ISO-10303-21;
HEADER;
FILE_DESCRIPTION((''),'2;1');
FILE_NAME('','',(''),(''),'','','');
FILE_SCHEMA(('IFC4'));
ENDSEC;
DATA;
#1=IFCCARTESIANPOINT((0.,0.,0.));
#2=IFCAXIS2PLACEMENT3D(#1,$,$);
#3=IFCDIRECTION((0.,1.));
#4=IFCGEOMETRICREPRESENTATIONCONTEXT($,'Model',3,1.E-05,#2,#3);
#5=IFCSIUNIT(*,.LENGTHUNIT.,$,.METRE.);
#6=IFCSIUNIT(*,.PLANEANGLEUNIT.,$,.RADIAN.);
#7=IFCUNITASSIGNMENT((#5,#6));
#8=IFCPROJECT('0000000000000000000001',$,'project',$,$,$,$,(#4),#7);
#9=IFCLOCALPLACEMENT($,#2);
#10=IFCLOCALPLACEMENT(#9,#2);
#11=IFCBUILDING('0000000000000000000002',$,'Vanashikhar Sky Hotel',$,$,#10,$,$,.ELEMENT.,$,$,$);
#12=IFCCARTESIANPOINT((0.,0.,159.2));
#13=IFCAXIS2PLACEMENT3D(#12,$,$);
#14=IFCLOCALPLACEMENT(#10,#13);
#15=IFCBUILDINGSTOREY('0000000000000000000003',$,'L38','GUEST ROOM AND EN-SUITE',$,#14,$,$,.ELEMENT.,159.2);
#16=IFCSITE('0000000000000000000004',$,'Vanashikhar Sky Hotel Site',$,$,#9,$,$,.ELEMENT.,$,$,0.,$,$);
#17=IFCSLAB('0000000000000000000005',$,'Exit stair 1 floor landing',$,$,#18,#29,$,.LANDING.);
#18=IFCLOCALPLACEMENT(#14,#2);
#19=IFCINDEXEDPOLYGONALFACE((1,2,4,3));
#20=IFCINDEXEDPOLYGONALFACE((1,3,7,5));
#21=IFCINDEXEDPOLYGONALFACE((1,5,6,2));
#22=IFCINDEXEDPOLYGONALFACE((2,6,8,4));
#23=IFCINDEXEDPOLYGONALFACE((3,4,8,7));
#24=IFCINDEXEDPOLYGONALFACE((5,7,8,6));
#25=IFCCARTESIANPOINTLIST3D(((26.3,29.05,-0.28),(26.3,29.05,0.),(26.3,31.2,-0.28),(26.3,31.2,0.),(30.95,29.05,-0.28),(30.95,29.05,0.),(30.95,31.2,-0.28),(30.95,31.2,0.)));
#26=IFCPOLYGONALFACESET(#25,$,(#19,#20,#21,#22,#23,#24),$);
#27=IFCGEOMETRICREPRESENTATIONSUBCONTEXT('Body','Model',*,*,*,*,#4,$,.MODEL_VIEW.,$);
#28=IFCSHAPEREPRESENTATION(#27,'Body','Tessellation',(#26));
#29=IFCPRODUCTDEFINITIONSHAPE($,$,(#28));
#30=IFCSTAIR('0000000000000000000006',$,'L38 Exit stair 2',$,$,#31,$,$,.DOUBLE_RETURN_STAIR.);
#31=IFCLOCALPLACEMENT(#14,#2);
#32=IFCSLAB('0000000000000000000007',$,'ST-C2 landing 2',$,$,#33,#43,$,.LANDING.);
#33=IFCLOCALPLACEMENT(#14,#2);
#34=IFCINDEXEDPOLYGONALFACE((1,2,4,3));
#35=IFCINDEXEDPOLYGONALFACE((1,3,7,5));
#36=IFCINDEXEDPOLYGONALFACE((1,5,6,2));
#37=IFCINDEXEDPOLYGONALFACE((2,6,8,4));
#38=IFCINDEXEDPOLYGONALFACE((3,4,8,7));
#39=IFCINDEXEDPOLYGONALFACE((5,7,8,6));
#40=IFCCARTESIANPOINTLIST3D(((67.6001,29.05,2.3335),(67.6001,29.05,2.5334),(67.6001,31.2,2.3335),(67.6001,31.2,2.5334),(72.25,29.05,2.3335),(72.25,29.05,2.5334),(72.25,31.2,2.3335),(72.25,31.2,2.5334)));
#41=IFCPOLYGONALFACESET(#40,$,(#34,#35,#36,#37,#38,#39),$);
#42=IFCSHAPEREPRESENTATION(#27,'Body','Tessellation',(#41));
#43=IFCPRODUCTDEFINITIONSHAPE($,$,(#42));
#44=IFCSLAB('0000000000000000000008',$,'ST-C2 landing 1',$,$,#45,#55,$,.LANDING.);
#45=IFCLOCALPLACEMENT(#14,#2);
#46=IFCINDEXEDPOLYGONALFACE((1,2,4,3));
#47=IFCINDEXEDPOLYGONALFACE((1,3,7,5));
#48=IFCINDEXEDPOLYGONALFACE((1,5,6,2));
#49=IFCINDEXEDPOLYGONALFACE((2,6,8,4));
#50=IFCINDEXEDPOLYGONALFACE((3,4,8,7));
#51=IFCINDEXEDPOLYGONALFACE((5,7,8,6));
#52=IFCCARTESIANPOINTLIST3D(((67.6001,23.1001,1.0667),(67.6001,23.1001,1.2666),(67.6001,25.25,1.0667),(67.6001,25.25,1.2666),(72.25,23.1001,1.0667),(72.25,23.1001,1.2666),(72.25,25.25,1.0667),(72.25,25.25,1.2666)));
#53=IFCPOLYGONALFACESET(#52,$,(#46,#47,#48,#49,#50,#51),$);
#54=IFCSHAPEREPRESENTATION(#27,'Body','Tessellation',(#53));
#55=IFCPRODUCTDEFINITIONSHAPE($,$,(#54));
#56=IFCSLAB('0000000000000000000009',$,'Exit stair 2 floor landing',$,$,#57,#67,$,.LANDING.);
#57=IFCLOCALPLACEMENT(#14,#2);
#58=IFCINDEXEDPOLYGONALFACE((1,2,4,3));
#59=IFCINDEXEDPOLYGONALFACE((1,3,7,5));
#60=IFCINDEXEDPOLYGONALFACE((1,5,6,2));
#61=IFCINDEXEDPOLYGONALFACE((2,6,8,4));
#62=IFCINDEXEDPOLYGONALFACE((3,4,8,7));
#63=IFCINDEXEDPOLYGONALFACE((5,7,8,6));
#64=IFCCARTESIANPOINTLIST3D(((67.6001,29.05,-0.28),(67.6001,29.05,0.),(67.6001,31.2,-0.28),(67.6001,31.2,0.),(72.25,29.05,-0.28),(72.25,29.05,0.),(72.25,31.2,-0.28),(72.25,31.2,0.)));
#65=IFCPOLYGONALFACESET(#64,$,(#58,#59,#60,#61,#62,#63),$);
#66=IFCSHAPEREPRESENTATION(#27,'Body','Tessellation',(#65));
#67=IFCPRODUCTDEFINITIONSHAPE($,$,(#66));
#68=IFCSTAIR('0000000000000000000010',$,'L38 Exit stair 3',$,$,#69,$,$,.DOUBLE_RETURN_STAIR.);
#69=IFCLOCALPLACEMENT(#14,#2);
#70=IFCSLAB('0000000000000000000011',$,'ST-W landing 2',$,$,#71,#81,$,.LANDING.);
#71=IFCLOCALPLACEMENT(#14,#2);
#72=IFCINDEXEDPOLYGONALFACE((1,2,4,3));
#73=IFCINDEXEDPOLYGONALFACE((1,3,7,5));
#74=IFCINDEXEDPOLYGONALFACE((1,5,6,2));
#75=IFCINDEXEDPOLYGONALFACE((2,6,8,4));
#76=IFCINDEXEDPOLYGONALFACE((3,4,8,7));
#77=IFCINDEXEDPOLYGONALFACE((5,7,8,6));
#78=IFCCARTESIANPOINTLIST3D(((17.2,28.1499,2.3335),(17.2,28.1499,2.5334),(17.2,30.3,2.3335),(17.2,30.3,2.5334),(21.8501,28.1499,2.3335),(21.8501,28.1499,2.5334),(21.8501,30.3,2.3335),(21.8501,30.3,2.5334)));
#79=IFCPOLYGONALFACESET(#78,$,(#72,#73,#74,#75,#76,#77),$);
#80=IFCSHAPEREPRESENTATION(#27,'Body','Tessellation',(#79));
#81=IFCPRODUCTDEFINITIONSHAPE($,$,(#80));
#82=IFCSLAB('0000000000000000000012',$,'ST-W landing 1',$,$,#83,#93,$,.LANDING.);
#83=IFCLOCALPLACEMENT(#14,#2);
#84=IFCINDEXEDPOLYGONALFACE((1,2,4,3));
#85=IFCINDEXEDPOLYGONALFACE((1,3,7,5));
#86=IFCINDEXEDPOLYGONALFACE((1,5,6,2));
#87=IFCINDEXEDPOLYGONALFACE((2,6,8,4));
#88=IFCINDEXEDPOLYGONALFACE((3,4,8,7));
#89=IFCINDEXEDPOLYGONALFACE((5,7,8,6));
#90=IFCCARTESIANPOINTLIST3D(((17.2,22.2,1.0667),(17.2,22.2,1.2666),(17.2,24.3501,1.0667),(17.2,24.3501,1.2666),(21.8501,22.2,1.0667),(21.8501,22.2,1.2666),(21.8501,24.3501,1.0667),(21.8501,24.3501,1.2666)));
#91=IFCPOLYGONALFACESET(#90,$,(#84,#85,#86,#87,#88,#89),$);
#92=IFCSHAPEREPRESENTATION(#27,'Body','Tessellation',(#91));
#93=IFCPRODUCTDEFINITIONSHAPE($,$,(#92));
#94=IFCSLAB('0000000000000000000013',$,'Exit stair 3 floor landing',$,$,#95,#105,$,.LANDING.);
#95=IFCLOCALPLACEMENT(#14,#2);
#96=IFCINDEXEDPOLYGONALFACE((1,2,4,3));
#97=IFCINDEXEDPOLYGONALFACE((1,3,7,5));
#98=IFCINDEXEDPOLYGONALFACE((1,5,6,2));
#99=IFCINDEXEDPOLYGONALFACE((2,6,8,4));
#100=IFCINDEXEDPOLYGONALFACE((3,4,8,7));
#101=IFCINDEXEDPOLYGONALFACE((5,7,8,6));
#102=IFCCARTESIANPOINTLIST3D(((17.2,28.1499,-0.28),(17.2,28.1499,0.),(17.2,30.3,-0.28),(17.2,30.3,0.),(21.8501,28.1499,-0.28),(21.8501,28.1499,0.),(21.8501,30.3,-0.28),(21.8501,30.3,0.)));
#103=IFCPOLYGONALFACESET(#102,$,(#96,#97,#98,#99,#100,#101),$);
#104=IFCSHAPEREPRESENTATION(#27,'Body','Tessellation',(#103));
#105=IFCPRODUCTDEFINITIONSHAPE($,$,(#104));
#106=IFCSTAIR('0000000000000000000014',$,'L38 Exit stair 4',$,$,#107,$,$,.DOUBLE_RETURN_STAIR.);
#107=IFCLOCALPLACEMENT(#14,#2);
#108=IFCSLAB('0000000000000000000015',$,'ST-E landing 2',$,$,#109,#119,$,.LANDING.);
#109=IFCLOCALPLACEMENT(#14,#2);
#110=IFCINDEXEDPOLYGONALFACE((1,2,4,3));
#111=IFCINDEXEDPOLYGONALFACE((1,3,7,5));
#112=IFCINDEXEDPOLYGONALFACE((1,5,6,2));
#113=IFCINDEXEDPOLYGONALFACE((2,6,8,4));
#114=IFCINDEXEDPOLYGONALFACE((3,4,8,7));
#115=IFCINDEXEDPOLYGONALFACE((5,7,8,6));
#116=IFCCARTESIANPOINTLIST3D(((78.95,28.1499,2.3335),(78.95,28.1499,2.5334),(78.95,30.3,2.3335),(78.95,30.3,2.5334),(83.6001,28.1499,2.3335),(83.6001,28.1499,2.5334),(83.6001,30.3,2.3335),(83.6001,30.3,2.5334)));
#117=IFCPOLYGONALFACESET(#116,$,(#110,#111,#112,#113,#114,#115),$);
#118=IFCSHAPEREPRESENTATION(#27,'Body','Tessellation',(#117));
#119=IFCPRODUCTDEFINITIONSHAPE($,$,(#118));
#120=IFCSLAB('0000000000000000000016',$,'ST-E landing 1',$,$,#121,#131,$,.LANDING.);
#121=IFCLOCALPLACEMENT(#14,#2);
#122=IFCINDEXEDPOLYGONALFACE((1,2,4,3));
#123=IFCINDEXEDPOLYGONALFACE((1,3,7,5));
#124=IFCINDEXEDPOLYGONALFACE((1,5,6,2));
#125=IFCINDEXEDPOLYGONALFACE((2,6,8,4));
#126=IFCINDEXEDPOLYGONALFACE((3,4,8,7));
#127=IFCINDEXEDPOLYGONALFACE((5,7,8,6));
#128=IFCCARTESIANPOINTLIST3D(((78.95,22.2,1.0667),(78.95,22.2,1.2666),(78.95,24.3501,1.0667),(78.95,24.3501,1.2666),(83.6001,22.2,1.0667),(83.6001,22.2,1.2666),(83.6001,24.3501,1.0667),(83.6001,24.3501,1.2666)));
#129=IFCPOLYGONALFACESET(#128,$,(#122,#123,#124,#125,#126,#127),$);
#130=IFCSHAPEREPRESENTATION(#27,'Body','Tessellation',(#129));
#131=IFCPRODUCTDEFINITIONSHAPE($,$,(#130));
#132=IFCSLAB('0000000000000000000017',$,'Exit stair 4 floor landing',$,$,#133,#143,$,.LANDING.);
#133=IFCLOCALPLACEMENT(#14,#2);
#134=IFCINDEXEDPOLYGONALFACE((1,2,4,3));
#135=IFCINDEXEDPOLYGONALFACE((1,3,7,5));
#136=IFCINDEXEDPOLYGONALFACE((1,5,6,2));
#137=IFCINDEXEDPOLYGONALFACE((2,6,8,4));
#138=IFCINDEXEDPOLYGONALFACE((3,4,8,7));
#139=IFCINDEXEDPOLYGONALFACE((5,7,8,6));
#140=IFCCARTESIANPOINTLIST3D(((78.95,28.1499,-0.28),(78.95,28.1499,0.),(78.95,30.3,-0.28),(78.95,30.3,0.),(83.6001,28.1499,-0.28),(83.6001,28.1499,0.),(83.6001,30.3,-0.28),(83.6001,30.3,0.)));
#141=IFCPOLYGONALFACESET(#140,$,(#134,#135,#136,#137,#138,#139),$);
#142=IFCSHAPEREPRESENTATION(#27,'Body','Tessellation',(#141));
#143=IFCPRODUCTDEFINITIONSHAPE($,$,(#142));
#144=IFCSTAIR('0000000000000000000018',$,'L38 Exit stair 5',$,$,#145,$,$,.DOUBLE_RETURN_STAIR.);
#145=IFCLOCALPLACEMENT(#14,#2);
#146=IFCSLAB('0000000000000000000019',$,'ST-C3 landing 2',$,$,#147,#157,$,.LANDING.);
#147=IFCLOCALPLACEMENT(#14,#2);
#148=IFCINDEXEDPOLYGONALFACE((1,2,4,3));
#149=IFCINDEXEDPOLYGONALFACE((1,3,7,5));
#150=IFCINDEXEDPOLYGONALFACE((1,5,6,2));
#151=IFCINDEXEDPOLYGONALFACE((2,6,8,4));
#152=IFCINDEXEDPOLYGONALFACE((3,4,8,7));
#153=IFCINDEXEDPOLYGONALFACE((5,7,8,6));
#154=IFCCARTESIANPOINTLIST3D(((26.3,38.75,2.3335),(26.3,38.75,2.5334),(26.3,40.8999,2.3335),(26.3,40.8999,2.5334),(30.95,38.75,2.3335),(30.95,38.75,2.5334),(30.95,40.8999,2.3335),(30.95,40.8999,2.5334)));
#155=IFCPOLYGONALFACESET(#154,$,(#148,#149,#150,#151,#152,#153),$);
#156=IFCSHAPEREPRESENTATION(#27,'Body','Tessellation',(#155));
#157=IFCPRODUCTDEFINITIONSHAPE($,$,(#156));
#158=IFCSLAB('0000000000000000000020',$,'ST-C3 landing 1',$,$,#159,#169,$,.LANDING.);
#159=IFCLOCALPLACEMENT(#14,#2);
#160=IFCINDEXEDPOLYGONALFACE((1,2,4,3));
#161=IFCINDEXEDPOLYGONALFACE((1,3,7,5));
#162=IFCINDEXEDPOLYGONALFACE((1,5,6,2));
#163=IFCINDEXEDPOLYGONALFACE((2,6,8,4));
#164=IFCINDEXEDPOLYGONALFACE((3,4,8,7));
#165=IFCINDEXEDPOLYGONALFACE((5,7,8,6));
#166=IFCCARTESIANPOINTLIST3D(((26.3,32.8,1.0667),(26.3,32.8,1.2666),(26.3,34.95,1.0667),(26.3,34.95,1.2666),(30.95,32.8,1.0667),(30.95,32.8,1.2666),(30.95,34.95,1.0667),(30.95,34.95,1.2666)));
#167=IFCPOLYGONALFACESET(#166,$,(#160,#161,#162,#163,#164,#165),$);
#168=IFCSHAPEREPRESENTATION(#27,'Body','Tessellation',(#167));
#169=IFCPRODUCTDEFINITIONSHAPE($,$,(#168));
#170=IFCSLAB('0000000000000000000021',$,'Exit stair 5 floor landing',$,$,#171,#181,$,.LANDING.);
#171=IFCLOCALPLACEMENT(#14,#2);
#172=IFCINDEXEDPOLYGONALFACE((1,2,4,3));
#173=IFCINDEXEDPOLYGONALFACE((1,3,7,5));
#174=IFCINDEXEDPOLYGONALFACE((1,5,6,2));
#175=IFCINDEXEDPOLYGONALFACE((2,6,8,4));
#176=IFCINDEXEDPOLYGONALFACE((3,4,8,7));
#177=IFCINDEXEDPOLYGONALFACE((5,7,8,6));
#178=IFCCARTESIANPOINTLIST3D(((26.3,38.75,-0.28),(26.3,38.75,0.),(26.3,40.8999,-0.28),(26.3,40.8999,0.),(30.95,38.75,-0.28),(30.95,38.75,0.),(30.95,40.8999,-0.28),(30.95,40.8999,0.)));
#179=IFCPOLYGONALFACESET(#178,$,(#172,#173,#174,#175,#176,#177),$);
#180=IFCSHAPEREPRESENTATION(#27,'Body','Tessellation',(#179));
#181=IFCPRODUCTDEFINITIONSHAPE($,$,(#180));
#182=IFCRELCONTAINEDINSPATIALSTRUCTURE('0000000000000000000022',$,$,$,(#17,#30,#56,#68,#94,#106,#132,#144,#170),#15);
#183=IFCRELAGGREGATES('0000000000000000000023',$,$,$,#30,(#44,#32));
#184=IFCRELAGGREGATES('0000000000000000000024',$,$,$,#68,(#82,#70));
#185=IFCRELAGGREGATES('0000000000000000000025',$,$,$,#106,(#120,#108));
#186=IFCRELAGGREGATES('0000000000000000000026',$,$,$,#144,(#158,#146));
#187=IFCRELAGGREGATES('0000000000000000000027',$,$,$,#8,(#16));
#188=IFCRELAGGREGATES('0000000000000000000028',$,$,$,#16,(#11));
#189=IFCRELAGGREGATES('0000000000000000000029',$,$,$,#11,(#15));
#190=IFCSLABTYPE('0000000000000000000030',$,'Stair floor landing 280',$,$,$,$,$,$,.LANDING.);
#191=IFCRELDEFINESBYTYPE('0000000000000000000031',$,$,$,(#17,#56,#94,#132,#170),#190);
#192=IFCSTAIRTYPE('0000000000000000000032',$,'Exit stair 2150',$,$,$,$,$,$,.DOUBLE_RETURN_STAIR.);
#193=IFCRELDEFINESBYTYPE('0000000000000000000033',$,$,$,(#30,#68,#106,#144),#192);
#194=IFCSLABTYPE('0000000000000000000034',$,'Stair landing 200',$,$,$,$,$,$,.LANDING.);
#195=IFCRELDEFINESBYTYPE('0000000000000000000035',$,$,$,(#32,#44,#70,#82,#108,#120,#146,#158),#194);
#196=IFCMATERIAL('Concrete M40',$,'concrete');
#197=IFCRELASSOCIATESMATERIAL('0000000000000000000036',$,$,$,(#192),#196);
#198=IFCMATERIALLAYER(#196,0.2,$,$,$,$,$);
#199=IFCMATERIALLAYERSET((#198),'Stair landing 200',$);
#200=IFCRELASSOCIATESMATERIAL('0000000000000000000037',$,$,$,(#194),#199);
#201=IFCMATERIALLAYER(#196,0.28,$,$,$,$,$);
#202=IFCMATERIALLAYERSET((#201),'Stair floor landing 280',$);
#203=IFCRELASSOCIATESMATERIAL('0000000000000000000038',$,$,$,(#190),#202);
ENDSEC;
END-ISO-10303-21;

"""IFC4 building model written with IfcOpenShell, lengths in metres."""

from ifc_helpers import new_model, si_unit, direction, frame, origin, place, context, subcontext, project, spatial, polyline, outline, extrude, source, transform, mapped, material, layer, layer_set, type_object, element, aggregate, save


model = new_model("IFC4")

# Units and contexts
model_context = context("Model", 3, precision=1e-05, world=origin(), true_north=direction((0.0, 1.0)))
body_context = subcontext(model_context, "Body", "Model", "MODEL_VIEW")
ifc_project = project(units=[si_unit("LENGTHUNIT", "METRE"), si_unit("PLANEANGLEUNIT", "RADIAN")], contexts=[model_context])

# Site, building, storey
site_placement = place(None, origin())
site = spatial("IfcSite", under=ifc_project, at=site_placement, Name="Vanashikhar Sky Hotel Site", CompositionType="ELEMENT", RefElevation=0.0)
building_placement = place(site_placement, origin())
building = spatial("IfcBuilding", under=site, at=building_placement, Name="Vanashikhar Sky Hotel", CompositionType="ELEMENT")
storey_placement = place(building_placement, frame((0.0, 0.0, 159.2)))
storey = spatial("IfcBuildingStorey", under=building, at=storey_placement, Name="L38", Description="GUEST ROOM AND EN-SUITE", CompositionType="ELEMENT", Elevation=159.2)

# Shared definitions
ifc_material = material(Name="Concrete M40", Category="concrete")

# Shared definitions
stair_type = type_object("IfcStairType", Name="Exit stair 2150", PredefinedType="DOUBLE_RETURN_STAIR", material=ifc_material)
ifc_layer_1 = layer(ifc_material, 0.2)
ifc_layer_set_1 = layer_set([ifc_layer_1], Name="Stair landing 200")
slab_type_1 = type_object("IfcSlabType", Name="Stair landing 200", PredefinedType="LANDING", material=ifc_layer_set_1)

# Slab
ifc_layer_2 = layer(ifc_material, 0.28)
ifc_layer_set_2 = layer_set([ifc_layer_2], Name="Stair floor landing 280")
slab_type_2 = type_object("IfcSlabType", Name="Stair floor landing 280", PredefinedType="LANDING", material=ifc_layer_set_2)
shared_shape_1 = source(origin(), body_context, "Body", "SweptSolid", [
    extrude(outline(polyline([(30.95, 29.05), (30.95, 31.2), (26.3, 31.2), (26.3, 29.05), (30.95, 29.05)])), origin(), (0.0, 0.0, 1.0), 0.28),
])
slab_1_placement = place(storey_placement, frame((0.0, 0.0, -0.28)))
element("IfcSlab", 1, at=slab_1_placement, inside=storey, type_object=slab_type_2, Name="Exit stair 1 floor landing", PredefinedType="LANDING", context=body_context, shape_type="MappedRepresentation", body=[
    mapped(shared_shape_1, transform((0.0, 0.0, 0.0), scale=1.0)),
])

# Stair, slabs
stair_1_placement = place(storey_placement, origin())
stair_1 = element("IfcStair", 2, at=stair_1_placement, inside=storey, type_object=stair_type, Name="L38 Exit stair 2", PredefinedType="DOUBLE_RETURN_STAIR")
shared_shape_2 = source(origin(), body_context, "Body", "SweptSolid", [
    extrude(outline(polyline([(72.25, 29.05), (72.25, 31.2), (67.6001, 31.2), (67.6001, 29.05), (72.25, 29.05)])), origin(), (0.0, 0.0, 1.0), 0.2),
])
slab_2_placement = place(storey_placement, frame((0.0, 0.0, 2.3335)))
slab_2 = element("IfcSlab", 3, at=slab_2_placement, type_object=slab_type_1, Name="ST-C2 landing 2", PredefinedType="LANDING", context=body_context, shape_type="MappedRepresentation", body=[
    mapped(shared_shape_2, transform((0.0, 0.0, 0.0), scale=1.0)),
])
shared_shape_3 = source(origin(), body_context, "Body", "SweptSolid", [
    extrude(outline(polyline([(72.25, 23.1001), (72.25, 25.25), (67.6001, 25.25), (67.6001, 23.1001), (72.25, 23.1001)])), origin(), (0.0, 0.0, 1.0), 0.2),
])
slab_3_placement = place(storey_placement, frame((0.0, 0.0, 1.0667)))
slab_3 = element("IfcSlab", 4, at=slab_3_placement, type_object=slab_type_1, Name="ST-C2 landing 1", PredefinedType="LANDING", context=body_context, shape_type="MappedRepresentation", body=[
    mapped(shared_shape_3, transform((0.0, 0.0, 0.0), scale=1.0)),
])
aggregate(stair_1, [slab_3, slab_2])

# Slab
shared_shape_4 = source(origin(), body_context, "Body", "SweptSolid", [
    extrude(outline(polyline([(72.25, 29.05), (72.25, 31.2), (67.6001, 31.2), (67.6001, 29.05), (72.25, 29.05)])), origin(), (0.0, 0.0, 1.0), 0.28),
])
slab_4_placement = place(storey_placement, frame((0.0, 0.0, -0.28)))
element("IfcSlab", 5, at=slab_4_placement, inside=storey, type_object=slab_type_2, Name="Exit stair 2 floor landing", PredefinedType="LANDING", context=body_context, shape_type="MappedRepresentation", body=[
    mapped(shared_shape_4, transform((0.0, 0.0, 0.0), scale=1.0)),
])

# Stair, slabs
stair_2_placement = place(storey_placement, origin())
stair_2 = element("IfcStair", 6, at=stair_2_placement, inside=storey, type_object=stair_type, Name="L38 Exit stair 3", PredefinedType="DOUBLE_RETURN_STAIR")
shared_shape_5 = source(origin(), body_context, "Body", "SweptSolid", [
    extrude(outline(polyline([(21.8501, 28.1499), (21.8501, 30.3), (17.2, 30.3), (17.2, 28.1499), (21.8501, 28.1499)])), origin(), (0.0, 0.0, 1.0), 0.2),
])
slab_5_placement = place(storey_placement, frame((0.0, 0.0, 2.3335)))
slab_5 = element("IfcSlab", 7, at=slab_5_placement, type_object=slab_type_1, Name="ST-W landing 2", PredefinedType="LANDING", context=body_context, shape_type="MappedRepresentation", body=[
    mapped(shared_shape_5, transform((0.0, 0.0, 0.0), scale=1.0)),
])
shared_shape_6 = source(origin(), body_context, "Body", "SweptSolid", [
    extrude(outline(polyline([(21.8501, 22.2), (21.8501, 24.3501), (17.2, 24.3501), (17.2, 22.2), (21.8501, 22.2)])), origin(), (0.0, 0.0, 1.0), 0.2),
])
slab_6_placement = place(storey_placement, frame((0.0, 0.0, 1.0667)))
slab_6 = element("IfcSlab", 8, at=slab_6_placement, type_object=slab_type_1, Name="ST-W landing 1", PredefinedType="LANDING", context=body_context, shape_type="MappedRepresentation", body=[
    mapped(shared_shape_6, transform((0.0, 0.0, 0.0), scale=1.0)),
])
aggregate(stair_2, [slab_6, slab_5])

# Slab
shared_shape_7 = source(origin(), body_context, "Body", "SweptSolid", [
    extrude(outline(polyline([(21.8501, 28.1499), (21.8501, 30.3), (17.2, 30.3), (17.2, 28.1499), (21.8501, 28.1499)])), origin(), (0.0, 0.0, 1.0), 0.28),
])
slab_7_placement = place(storey_placement, frame((0.0, 0.0, -0.28)))
element("IfcSlab", 9, at=slab_7_placement, inside=storey, type_object=slab_type_2, Name="Exit stair 3 floor landing", PredefinedType="LANDING", context=body_context, shape_type="MappedRepresentation", body=[
    mapped(shared_shape_7, transform((0.0, 0.0, 0.0), scale=1.0)),
])

# Stair, slabs
stair_3_placement = place(storey_placement, origin())
stair_3 = element("IfcStair", 10, at=stair_3_placement, inside=storey, type_object=stair_type, Name="L38 Exit stair 4", PredefinedType="DOUBLE_RETURN_STAIR")
shared_shape_8 = source(origin(), body_context, "Body", "SweptSolid", [
    extrude(outline(polyline([(83.6001, 28.1499), (83.6001, 30.3), (78.95, 30.3), (78.95, 28.1499), (83.6001, 28.1499)])), origin(), (0.0, 0.0, 1.0), 0.2),
])
slab_8_placement = place(storey_placement, frame((0.0, 0.0, 2.3335)))
slab_8 = element("IfcSlab", 11, at=slab_8_placement, type_object=slab_type_1, Name="ST-E landing 2", PredefinedType="LANDING", context=body_context, shape_type="MappedRepresentation", body=[
    mapped(shared_shape_8, transform((0.0, 0.0, 0.0), scale=1.0)),
])
shared_shape_9 = source(origin(), body_context, "Body", "SweptSolid", [
    extrude(outline(polyline([(83.6001, 22.2), (83.6001, 24.3501), (78.95, 24.3501), (78.95, 22.2), (83.6001, 22.2)])), origin(), (0.0, 0.0, 1.0), 0.2),
])
slab_9_placement = place(storey_placement, frame((0.0, 0.0, 1.0667)))
slab_9 = element("IfcSlab", 12, at=slab_9_placement, type_object=slab_type_1, Name="ST-E landing 1", PredefinedType="LANDING", context=body_context, shape_type="MappedRepresentation", body=[
    mapped(shared_shape_9, transform((0.0, 0.0, 0.0), scale=1.0)),
])
aggregate(stair_3, [slab_9, slab_8])

# Slab
shared_shape_10 = source(origin(), body_context, "Body", "SweptSolid", [
    extrude(outline(polyline([(83.6001, 28.1499), (83.6001, 30.3), (78.95, 30.3), (78.95, 28.1499), (83.6001, 28.1499)])), origin(), (0.0, 0.0, 1.0), 0.28),
])
slab_10_placement = place(storey_placement, frame((0.0, 0.0, -0.28)))
element("IfcSlab", 13, at=slab_10_placement, inside=storey, type_object=slab_type_2, Name="Exit stair 4 floor landing", PredefinedType="LANDING", context=body_context, shape_type="MappedRepresentation", body=[
    mapped(shared_shape_10, transform((0.0, 0.0, 0.0), scale=1.0)),
])

# Stair, slabs
stair_4_placement = place(storey_placement, origin())
stair_4 = element("IfcStair", 14, at=stair_4_placement, inside=storey, type_object=stair_type, Name="L38 Exit stair 5", PredefinedType="DOUBLE_RETURN_STAIR")
shared_shape_11 = source(origin(), body_context, "Body", "SweptSolid", [
    extrude(outline(polyline([(30.95, 38.75), (30.95, 40.8999), (26.3, 40.8999), (26.3, 38.75), (30.95, 38.75)])), origin(), (0.0, 0.0, 1.0), 0.2),
])
slab_11_placement = place(storey_placement, frame((0.0, 0.0, 2.3335)))
slab_11 = element("IfcSlab", 15, at=slab_11_placement, type_object=slab_type_1, Name="ST-C3 landing 2", PredefinedType="LANDING", context=body_context, shape_type="MappedRepresentation", body=[
    mapped(shared_shape_11, transform((0.0, 0.0, 0.0), scale=1.0)),
])
shared_shape_12 = source(origin(), body_context, "Body", "SweptSolid", [
    extrude(outline(polyline([(30.95, 32.8), (30.95, 34.95), (26.3, 34.95), (26.3, 32.8), (30.95, 32.8)])), origin(), (0.0, 0.0, 1.0), 0.2),
])
slab_12_placement = place(storey_placement, frame((0.0, 0.0, 1.0667)))
slab_12 = element("IfcSlab", 16, at=slab_12_placement, type_object=slab_type_1, Name="ST-C3 landing 1", PredefinedType="LANDING", context=body_context, shape_type="MappedRepresentation", body=[
    mapped(shared_shape_12, transform((0.0, 0.0, 0.0), scale=1.0)),
])
aggregate(stair_4, [slab_12, slab_11])

# Slab
shared_shape_13 = source(origin(), body_context, "Body", "SweptSolid", [
    extrude(outline(polyline([(30.95, 38.75), (30.95, 40.8999), (26.3, 40.8999), (26.3, 38.75), (30.95, 38.75)])), origin(), (0.0, 0.0, 1.0), 0.28),
])
slab_13_placement = place(storey_placement, frame((0.0, 0.0, -0.28)))
element("IfcSlab", 17, at=slab_13_placement, inside=storey, type_object=slab_type_2, Name="Exit stair 5 floor landing", PredefinedType="LANDING", context=body_context, shape_type="MappedRepresentation", body=[
    mapped(shared_shape_13, transform((0.0, 0.0, 0.0), scale=1.0)),
])

save(model, "model.ifc")
